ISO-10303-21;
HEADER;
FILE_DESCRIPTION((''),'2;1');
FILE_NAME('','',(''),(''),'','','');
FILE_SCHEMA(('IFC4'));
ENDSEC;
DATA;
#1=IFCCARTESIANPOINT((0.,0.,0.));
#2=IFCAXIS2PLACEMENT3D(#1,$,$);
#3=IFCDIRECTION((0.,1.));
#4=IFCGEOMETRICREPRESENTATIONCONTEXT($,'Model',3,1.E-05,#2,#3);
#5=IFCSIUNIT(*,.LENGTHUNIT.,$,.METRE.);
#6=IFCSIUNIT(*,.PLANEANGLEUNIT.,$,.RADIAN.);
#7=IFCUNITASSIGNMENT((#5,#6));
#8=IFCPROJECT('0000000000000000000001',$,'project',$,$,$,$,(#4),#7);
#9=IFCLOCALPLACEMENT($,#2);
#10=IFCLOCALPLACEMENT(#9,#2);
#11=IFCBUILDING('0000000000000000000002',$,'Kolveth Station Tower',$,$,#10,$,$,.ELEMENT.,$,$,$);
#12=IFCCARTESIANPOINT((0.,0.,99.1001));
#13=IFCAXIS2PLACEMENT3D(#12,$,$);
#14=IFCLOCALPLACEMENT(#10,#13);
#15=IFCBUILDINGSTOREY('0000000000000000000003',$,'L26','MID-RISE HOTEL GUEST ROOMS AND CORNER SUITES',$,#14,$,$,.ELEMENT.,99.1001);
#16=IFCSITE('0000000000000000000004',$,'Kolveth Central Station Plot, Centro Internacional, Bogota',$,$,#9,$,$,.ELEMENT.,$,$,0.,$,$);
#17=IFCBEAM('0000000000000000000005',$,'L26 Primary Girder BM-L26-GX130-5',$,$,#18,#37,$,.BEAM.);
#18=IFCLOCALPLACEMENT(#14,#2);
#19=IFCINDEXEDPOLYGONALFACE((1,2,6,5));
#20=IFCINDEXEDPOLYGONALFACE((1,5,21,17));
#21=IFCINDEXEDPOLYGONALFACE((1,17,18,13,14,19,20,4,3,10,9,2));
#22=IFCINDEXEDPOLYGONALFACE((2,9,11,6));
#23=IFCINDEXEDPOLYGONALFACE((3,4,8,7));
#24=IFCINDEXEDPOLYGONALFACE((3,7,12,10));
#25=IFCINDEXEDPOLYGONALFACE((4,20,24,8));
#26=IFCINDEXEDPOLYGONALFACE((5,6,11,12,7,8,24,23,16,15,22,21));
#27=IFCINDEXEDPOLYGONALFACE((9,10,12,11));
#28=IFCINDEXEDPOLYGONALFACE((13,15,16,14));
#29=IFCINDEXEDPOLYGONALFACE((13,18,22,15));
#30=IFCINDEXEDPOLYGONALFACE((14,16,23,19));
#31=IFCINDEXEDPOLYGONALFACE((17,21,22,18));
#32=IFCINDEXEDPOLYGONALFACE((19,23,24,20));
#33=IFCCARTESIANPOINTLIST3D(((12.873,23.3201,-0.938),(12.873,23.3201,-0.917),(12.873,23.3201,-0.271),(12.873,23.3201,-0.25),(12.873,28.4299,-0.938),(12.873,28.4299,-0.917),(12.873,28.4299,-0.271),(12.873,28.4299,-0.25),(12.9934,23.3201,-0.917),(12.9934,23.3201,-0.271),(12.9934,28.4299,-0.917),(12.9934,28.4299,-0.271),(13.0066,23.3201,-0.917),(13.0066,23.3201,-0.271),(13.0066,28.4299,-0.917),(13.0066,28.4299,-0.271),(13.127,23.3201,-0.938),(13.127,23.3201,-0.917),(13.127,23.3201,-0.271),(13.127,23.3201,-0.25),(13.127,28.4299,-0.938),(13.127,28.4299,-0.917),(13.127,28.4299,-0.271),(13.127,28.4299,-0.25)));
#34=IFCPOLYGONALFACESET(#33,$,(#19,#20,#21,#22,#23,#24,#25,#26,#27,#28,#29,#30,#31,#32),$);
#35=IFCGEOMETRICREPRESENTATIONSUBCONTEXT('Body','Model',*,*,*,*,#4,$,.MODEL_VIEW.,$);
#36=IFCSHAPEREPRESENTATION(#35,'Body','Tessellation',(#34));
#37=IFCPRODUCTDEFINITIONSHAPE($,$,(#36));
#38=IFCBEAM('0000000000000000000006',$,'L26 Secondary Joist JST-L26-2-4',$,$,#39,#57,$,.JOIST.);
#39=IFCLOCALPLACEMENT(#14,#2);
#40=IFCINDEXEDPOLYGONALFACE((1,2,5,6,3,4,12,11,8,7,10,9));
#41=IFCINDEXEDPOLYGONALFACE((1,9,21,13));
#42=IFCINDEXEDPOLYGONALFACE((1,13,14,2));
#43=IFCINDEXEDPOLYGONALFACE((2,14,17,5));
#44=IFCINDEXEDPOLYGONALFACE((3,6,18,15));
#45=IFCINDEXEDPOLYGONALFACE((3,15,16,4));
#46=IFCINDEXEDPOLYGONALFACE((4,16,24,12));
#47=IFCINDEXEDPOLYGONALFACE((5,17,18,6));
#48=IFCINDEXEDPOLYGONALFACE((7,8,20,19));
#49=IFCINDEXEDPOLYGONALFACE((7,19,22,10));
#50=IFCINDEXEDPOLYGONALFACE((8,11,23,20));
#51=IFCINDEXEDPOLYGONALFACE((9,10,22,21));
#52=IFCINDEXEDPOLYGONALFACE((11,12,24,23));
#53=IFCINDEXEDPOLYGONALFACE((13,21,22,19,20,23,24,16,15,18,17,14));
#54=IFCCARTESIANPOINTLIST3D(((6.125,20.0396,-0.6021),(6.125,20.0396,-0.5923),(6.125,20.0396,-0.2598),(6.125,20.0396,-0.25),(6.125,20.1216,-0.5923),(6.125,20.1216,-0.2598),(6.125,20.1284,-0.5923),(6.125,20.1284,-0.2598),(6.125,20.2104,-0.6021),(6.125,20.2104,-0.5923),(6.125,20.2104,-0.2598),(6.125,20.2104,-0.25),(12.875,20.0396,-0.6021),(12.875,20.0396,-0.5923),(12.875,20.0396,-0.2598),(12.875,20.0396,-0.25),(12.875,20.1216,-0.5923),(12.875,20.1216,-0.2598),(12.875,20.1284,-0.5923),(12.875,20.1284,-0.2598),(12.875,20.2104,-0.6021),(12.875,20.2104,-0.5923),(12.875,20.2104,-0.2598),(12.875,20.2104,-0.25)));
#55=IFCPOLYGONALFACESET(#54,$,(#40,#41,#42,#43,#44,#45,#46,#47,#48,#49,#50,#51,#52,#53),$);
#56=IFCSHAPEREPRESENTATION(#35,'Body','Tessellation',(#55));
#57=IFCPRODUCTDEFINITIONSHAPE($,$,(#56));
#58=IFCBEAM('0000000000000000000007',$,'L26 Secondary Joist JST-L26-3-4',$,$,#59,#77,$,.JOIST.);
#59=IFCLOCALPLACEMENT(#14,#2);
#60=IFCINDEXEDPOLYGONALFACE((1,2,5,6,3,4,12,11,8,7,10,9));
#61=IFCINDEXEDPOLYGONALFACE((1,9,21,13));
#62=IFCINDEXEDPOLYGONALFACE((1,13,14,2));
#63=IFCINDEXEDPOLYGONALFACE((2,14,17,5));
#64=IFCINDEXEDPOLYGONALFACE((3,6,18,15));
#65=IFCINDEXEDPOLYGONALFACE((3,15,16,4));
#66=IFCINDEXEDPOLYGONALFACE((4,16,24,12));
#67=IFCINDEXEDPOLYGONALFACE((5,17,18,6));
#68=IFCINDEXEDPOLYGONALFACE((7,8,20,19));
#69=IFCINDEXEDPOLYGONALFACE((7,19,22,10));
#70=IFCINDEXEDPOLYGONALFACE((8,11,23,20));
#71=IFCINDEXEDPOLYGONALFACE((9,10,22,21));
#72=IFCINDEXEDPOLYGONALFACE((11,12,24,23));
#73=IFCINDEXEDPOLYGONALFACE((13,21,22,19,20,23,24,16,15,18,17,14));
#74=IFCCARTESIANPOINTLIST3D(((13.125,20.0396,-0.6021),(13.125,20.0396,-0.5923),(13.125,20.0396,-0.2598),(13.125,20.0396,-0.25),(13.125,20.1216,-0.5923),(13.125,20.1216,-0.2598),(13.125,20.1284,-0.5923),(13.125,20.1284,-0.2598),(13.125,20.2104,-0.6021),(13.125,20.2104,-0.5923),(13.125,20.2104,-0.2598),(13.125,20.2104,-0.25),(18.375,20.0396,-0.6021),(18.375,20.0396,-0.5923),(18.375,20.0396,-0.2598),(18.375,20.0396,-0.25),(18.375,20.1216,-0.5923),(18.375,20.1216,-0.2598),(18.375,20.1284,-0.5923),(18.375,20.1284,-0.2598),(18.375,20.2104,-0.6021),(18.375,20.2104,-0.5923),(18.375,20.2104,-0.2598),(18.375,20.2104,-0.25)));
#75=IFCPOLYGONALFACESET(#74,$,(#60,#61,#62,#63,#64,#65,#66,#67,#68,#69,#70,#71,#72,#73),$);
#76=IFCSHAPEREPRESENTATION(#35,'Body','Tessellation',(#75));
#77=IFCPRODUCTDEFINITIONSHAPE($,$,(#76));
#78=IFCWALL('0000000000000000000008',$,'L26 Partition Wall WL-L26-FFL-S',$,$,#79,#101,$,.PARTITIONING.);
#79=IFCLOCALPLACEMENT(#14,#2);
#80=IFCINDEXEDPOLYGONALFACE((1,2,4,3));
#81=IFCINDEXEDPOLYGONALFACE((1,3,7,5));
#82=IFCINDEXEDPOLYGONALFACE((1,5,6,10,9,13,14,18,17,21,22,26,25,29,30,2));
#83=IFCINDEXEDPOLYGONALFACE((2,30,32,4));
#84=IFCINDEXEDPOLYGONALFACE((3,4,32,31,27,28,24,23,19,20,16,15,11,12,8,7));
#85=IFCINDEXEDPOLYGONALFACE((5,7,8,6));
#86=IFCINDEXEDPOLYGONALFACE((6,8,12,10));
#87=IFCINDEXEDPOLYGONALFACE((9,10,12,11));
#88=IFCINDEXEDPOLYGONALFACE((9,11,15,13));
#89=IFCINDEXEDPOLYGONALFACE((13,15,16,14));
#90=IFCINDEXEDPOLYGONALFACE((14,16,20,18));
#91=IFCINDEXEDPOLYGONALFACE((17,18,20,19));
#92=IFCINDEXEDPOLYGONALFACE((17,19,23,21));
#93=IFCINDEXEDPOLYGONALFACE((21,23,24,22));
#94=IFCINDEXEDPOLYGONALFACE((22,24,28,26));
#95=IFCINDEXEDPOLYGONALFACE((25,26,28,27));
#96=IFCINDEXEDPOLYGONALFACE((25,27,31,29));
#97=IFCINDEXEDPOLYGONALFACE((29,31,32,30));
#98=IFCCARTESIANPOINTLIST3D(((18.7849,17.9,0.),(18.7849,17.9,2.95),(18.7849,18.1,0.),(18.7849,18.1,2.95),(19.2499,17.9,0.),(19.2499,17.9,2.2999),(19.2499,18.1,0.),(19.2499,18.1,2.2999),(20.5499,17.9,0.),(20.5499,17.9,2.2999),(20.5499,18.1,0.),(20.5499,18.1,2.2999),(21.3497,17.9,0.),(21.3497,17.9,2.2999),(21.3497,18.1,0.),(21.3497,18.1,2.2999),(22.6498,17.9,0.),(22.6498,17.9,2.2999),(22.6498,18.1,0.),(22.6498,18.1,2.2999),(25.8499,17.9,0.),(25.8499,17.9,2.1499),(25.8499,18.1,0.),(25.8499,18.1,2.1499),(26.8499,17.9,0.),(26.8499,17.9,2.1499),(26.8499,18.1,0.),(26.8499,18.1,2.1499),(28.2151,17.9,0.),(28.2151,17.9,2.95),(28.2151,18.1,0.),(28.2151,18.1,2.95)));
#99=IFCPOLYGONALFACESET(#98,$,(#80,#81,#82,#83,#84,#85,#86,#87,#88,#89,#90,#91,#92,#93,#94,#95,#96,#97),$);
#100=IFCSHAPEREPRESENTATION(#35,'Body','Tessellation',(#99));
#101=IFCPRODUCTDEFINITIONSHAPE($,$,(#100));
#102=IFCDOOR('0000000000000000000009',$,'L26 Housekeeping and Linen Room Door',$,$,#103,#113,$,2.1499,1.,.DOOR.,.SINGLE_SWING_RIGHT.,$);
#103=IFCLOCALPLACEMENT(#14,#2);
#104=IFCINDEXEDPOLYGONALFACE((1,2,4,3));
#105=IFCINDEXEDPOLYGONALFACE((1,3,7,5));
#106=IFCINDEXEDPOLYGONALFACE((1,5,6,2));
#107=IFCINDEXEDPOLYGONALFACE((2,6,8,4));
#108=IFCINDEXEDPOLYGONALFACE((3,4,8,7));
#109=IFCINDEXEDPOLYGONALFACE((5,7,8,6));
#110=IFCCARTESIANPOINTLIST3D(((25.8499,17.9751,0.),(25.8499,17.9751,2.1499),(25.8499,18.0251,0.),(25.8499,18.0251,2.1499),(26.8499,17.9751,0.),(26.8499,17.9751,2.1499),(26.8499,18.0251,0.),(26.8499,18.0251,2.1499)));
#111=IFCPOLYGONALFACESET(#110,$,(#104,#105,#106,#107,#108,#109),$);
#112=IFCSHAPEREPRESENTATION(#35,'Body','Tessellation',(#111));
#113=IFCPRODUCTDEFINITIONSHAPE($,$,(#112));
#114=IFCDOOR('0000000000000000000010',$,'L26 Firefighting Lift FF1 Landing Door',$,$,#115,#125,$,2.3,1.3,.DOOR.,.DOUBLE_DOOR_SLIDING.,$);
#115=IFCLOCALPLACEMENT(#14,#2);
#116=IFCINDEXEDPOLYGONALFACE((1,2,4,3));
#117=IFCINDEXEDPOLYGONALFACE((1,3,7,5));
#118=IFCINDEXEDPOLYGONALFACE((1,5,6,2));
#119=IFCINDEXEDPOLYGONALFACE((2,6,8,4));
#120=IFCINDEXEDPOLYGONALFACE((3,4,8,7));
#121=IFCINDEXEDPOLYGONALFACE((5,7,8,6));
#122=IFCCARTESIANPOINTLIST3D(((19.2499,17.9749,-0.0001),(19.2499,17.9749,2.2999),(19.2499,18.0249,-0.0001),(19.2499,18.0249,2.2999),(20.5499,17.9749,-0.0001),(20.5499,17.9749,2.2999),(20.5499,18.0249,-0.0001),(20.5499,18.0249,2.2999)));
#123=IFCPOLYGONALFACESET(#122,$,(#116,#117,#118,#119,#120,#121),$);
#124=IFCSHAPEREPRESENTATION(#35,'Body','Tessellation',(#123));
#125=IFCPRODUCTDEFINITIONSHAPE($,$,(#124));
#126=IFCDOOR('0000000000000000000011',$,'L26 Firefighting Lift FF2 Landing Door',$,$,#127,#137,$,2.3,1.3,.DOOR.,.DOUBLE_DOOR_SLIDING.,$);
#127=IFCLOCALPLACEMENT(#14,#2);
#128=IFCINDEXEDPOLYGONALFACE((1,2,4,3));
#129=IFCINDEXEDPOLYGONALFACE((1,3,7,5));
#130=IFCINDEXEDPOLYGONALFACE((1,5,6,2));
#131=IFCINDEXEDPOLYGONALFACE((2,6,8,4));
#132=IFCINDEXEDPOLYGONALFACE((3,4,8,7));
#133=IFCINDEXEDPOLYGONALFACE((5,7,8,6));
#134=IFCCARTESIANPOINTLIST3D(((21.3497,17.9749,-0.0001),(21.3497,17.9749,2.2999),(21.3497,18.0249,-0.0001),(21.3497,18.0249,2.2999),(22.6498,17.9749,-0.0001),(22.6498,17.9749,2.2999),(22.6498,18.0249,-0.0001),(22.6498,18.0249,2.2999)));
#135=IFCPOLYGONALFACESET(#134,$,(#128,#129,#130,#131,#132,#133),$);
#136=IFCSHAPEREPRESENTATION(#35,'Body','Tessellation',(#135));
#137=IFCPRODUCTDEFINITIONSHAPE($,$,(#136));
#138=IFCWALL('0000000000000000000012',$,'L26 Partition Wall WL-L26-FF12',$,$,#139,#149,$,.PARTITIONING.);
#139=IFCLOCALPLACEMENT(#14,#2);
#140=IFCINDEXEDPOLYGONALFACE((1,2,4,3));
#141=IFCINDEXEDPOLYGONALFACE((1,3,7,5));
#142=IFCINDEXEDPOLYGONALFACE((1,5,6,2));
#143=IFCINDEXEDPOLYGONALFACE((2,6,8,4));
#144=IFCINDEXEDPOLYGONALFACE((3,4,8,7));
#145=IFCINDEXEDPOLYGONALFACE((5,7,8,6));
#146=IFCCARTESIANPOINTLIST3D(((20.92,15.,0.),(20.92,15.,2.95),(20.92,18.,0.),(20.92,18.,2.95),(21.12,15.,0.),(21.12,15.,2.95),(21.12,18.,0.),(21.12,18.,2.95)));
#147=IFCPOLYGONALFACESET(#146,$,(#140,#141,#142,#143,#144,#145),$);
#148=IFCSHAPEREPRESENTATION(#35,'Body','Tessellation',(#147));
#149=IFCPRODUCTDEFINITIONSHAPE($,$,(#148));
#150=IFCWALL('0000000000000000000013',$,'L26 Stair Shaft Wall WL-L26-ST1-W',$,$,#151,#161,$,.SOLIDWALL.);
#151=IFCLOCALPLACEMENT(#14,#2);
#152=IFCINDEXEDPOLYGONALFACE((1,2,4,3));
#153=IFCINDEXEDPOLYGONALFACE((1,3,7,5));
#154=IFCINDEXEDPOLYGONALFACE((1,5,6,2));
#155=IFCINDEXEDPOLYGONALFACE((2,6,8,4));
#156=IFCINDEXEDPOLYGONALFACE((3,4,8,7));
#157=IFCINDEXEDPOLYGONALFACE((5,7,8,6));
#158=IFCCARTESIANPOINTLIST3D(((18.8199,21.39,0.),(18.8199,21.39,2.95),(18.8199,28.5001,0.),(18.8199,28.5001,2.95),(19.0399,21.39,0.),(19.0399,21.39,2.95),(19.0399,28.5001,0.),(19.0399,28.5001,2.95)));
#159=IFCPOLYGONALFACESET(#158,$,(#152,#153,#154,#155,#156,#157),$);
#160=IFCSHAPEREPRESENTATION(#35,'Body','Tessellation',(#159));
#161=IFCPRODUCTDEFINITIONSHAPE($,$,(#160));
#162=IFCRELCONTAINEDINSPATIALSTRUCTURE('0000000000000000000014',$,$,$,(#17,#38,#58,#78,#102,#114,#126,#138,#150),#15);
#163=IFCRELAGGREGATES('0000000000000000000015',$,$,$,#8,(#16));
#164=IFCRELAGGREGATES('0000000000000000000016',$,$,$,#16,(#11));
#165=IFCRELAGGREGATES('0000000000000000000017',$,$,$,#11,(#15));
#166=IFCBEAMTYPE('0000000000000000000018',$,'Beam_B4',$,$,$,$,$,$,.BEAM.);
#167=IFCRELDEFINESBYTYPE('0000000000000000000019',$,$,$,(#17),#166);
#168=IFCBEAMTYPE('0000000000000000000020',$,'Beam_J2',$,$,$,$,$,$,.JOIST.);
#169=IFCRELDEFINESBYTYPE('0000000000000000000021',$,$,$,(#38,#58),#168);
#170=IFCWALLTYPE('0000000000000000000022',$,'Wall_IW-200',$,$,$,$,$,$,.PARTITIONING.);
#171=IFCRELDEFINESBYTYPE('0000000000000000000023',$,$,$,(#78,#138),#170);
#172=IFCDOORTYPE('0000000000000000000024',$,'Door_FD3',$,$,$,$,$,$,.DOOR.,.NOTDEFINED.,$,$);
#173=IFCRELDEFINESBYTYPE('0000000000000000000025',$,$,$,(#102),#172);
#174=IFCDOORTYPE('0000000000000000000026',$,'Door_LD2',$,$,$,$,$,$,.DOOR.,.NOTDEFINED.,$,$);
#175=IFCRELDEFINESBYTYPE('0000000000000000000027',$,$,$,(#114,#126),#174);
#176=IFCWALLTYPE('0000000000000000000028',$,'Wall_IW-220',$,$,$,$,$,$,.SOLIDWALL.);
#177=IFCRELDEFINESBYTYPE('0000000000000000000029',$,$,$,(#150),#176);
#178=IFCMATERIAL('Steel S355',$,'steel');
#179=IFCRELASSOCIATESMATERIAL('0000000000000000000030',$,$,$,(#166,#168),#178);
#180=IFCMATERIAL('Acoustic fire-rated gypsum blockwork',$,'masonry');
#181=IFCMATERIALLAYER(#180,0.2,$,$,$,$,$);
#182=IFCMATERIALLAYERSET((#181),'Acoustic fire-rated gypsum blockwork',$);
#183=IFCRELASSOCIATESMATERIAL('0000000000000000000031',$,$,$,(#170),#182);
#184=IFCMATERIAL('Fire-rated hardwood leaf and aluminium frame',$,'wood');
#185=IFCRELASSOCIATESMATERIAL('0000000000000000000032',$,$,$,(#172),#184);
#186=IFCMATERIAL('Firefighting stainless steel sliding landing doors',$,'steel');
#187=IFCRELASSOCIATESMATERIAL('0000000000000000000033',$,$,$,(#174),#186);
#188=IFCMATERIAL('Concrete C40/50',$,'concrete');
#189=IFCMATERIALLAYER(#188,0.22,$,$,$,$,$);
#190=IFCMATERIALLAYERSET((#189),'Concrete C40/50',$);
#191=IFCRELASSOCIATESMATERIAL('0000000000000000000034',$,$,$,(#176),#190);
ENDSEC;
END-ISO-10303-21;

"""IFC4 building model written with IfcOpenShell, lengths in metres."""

from ifc_helpers import new_model, si_unit, direction, frame, frame_2d, origin, origin_2d, place, context, subcontext, project, spatial, rectangle, i_section, extrude, source, transform, mapped, material, layer, layer_set, material_profile, profile_set, type_object, element, fill, save


model = new_model("IFC4")

# Units and contexts
model_context = context("Model", 3, precision=1e-05, world=origin(), true_north=direction((0.0, 1.0)))
body_context = subcontext(model_context, "Body", "Model", "MODEL_VIEW")
ifc_project = project(units=[si_unit("LENGTHUNIT", "METRE"), si_unit("PLANEANGLEUNIT", "RADIAN")], contexts=[model_context])

# Site, building, storey
site_placement = place(None, origin())
site = spatial("IfcSite", under=ifc_project, at=site_placement, Name="Kolveth Central Station Plot, Centro Internacional, Bogota", CompositionType="ELEMENT", RefElevation=0.0)
building_placement = place(site_placement, origin())
building = spatial("IfcBuilding", under=site, at=building_placement, Name="Kolveth Station Tower", CompositionType="ELEMENT")
storey_placement = place(building_placement, frame((0.0, 0.0, 99.1001)))
storey = spatial("IfcBuildingStorey", under=building, at=storey_placement, Name="L26", Description="MID-RISE HOTEL GUEST ROOMS AND CORNER SUITES", CompositionType="ELEMENT", Elevation=99.1001)

# Shared definitions
ifc_material_1 = material(Name="Steel S355", Category="steel")

# Beams
ifc_material_profile_1 = material_profile(ifc_material_1, i_section(OverallWidth=0.2539, OverallDepth=0.688, WebThickness=0.0132, FlangeThickness=0.021, at=origin_2d()), Name="W690x152")
ifc_profile_set_1 = profile_set([ifc_material_profile_1], Name="Steel S355")
beam_type_1 = type_object("IfcBeamType", Name="Beam_B4", PredefinedType="BEAM", material=ifc_profile_set_1)
shared_shape_1 = source(origin(), body_context, "Body", "SweptSolid", [
    extrude(i_section(OverallWidth=0.2539, OverallDepth=0.688, WebThickness=0.0132, FlangeThickness=0.021, at=origin_2d()), origin(), (0.0, 0.0, 1.0), 5.1099),
])
for number, where, z_axis, x_axis, name in (
    (1, (13.0, 23.3201, -0.594), (0.0, 1.0, 0.0), (-1.0, 0.0, 0.0), "L26 Primary Girder BM-L26-GX130-5"),
):
    element("IfcBeam", number, at=place(storey_placement, frame(where, z_axis=z_axis, x_axis=x_axis)), inside=storey, type_object=beam_type_1, Name=name, PredefinedType="BEAM", context=body_context, shape_type="MappedRepresentation", body=[
        mapped(shared_shape_1, transform((0.0, 0.0, 0.0), x_axis=(1.0, 0.0, 0.0), y_axis=(0.0, 1.0, 0.0), z_axis=(0.0, 0.0, 1.0), scale=1.0)),
    ])
ifc_material_profile_2 = material_profile(ifc_material_1, i_section(OverallWidth=0.1709, OverallDepth=0.3521, WebThickness=0.0068, FlangeThickness=0.0098, at=origin_2d()), Name="W360x44")
ifc_profile_set_2 = profile_set([ifc_material_profile_2], Name="Steel S355")
beam_type_2 = type_object("IfcBeamType", Name="Beam_J2", PredefinedType="JOIST", material=ifc_profile_set_2)
shared_shape_2 = source(origin(), body_context, "Body", "SweptSolid", [
    extrude(i_section(OverallWidth=0.1709, OverallDepth=0.3521, WebThickness=0.0068, FlangeThickness=0.0098, at=origin_2d()), origin(), (0.0, 0.0, 1.0), 6.75),
])
beam_1_placement = place(storey_placement, frame((6.125, 20.125, -0.426), z_axis=(1.0, 0.0, 0.0), x_axis=(0.0, 1.0, 0.0)))
element("IfcBeam", 2, at=beam_1_placement, inside=storey, type_object=beam_type_2, Name="L26 Secondary Joist JST-L26-2-4", PredefinedType="JOIST", context=body_context, shape_type="MappedRepresentation", body=[
    mapped(shared_shape_2, transform((0.0, 0.0, 0.0), x_axis=(1.0, 0.0, 0.0), y_axis=(0.0, 1.0, 0.0), z_axis=(0.0, 0.0, 1.0), scale=1.0)),
])
shared_shape_3 = source(origin(), body_context, "Body", "SweptSolid", [
    extrude(i_section(OverallWidth=0.1709, OverallDepth=0.3521, WebThickness=0.0068, FlangeThickness=0.0098, at=origin_2d()), origin(), (0.0, 0.0, 1.0), 5.25),
])
beam_2_placement = place(storey_placement, frame((13.125, 20.125, -0.426), z_axis=(1.0, 0.0, 0.0), x_axis=(0.0, 1.0, 0.0)))
element("IfcBeam", 3, at=beam_2_placement, inside=storey, type_object=beam_type_2, Name="L26 Secondary Joist JST-L26-3-4", PredefinedType="JOIST", context=body_context, shape_type="MappedRepresentation", body=[
    mapped(shared_shape_3, transform((0.0, 0.0, 0.0), x_axis=(1.0, 0.0, 0.0), y_axis=(0.0, 1.0, 0.0), z_axis=(0.0, 0.0, 1.0), scale=1.0)),
])

# Wall, openings, doors
ifc_material_2 = material(Name="Acoustic fire-rated gypsum blockwork", Category="masonry")
ifc_layer_1 = layer(ifc_material_2, 0.2)
ifc_layer_set_1 = layer_set([ifc_layer_1], Name="Acoustic fire-rated gypsum blockwork")
wall_type_1 = type_object("IfcWallType", Name="Wall_IW-200", PredefinedType="PARTITIONING", material=ifc_layer_set_1)
wall_1_placement = place(storey_placement, frame((18.7849, 18.0, 0.0), z_axis=(0.0, 0.0, 1.0), x_axis=(1.0, 0.0, 0.0)))
wall_1 = element("IfcWall", 4, at=wall_1_placement, inside=storey, type_object=wall_type_1, Name="L26 Partition Wall WL-L26-FFL-S", PredefinedType="PARTITIONING", context=body_context, shape_type="SweptSolid", body=[
    extrude(rectangle(XDim=9.4302, YDim=0.2, at=frame_2d((4.7151, 0.0))), origin(), (0.0, 0.0, 1.0), 2.95),
])
opening_1_placement = place(wall_1_placement, frame((0.4651, 0.0, 0.0)))
opening_1 = element("IfcOpeningElement", 5, at=opening_1_placement, cuts=wall_1, PredefinedType="OPENING", context=body_context, shape_type="SweptSolid", body=[
    extrude(rectangle(XDim=1.3, YDim=2.3, at=frame_2d((0.6499, 1.1499))), frame((0.0, 0.1099, 0.0), z_axis=(0.0, -1.0, 0.0), x_axis=(1.0, 0.0, 0.0)), (0.0, 0.0, 1.0), 0.22),
])
opening_2_placement = place(wall_1_placement, frame((2.5649, 0.0, 0.0)))
opening_2 = element("IfcOpeningElement", 6, at=opening_2_placement, cuts=wall_1, PredefinedType="OPENING", context=body_context, shape_type="SweptSolid", body=[
    extrude(rectangle(XDim=1.3, YDim=2.3, at=frame_2d((0.6499, 1.1499))), frame((0.0, 0.1099, 0.0), z_axis=(0.0, -1.0, 0.0), x_axis=(1.0, 0.0, 0.0)), (0.0, 0.0, 1.0), 0.22),
])
opening_3_placement = place(wall_1_placement, frame((7.0649, 0.0, 0.0)))
opening_3 = element("IfcOpeningElement", 7, at=opening_3_placement, cuts=wall_1, PredefinedType="OPENING", context=body_context, shape_type="SweptSolid", body=[
    extrude(rectangle(XDim=1.0, YDim=2.1499, at=frame_2d((0.5, 1.075))), frame((0.0, 0.1099, 0.0), z_axis=(0.0, -1.0, 0.0), x_axis=(1.0, 0.0, 0.0)), (0.0, 0.0, 1.0), 0.22),
])
ifc_material_3 = material(Name="Fire-rated hardwood leaf and aluminium frame", Category="wood")
door_type_1 = type_object("IfcDoorType", Name="Door_FD3", OperationType="NOTDEFINED", PredefinedType="DOOR", material=ifc_material_3)
door_1_placement = place(opening_3_placement, frame((1.0, 0.0, 0.0), z_axis=(0.0, 0.0, 1.0), x_axis=(-1.0, 0.0, 0.0)))
door_1 = element("IfcDoor", 8, at=door_1_placement, inside=storey, type_object=door_type_1, Name="L26 Housekeeping and Linen Room Door", OperationType="SINGLE_SWING_RIGHT", OverallHeight=2.1499, OverallWidth=1.0, PredefinedType="DOOR", context=body_context, shape_type="SweptSolid", body=[
    extrude(rectangle(XDim=1.0, YDim=2.1499, at=frame_2d((0.5, 1.075))), frame((0.0, 0.0249, 0.0), z_axis=(0.0, -1.0, 0.0), x_axis=(1.0, 0.0, 0.0)), (0.0, 0.0, 1.0), 0.05),
])
fill(opening_3, door_1)
ifc_material_4 = material(Name="Firefighting stainless steel sliding landing doors", Category="steel")
door_type_2 = type_object("IfcDoorType", Name="Door_LD2", OperationType="NOTDEFINED", PredefinedType="DOOR", material=ifc_material_4)
door_2_placement = place(opening_1_placement, origin())
door_2 = element("IfcDoor", 9, at=door_2_placement, inside=storey, type_object=door_type_2, Name="L26 Firefighting Lift FF1 Landing Door", OperationType="DOUBLE_DOOR_SLIDING", OverallHeight=2.3, OverallWidth=1.3, PredefinedType="DOOR", context=body_context, shape_type="SweptSolid", body=[
    extrude(rectangle(XDim=1.3, YDim=2.3, at=frame_2d((0.6499, 1.1499))), frame((0.0, 0.0249, 0.0), z_axis=(0.0, -1.0, 0.0), x_axis=(1.0, 0.0, 0.0)), (0.0, 0.0, 1.0), 0.05),
])
fill(opening_1, door_2)
door_3_placement = place(opening_2_placement, origin())
door_3 = element("IfcDoor", 10, at=door_3_placement, inside=storey, type_object=door_type_2, Name="L26 Firefighting Lift FF2 Landing Door", OperationType="DOUBLE_DOOR_SLIDING", OverallHeight=2.3, OverallWidth=1.3, PredefinedType="DOOR", context=body_context, shape_type="SweptSolid", body=[
    extrude(rectangle(XDim=1.3, YDim=2.3, at=frame_2d((0.6499, 1.1499))), frame((0.0, 0.0249, 0.0), z_axis=(0.0, -1.0, 0.0), x_axis=(1.0, 0.0, 0.0)), (0.0, 0.0, 1.0), 0.05),
])
fill(opening_2, door_3)

# Walls
wall_2_placement = place(storey_placement, frame((21.02, 15.0, 0.0), z_axis=(0.0, 0.0, 1.0), x_axis=(0.0, 1.0, 0.0)))
element("IfcWall", 11, at=wall_2_placement, inside=storey, type_object=wall_type_1, Name="L26 Partition Wall WL-L26-FF12", PredefinedType="PARTITIONING", context=body_context, shape_type="SweptSolid", body=[
    extrude(rectangle(XDim=3.0, YDim=0.2, at=frame_2d((1.5, 0.0))), origin(), (0.0, 0.0, 1.0), 2.95),
])
ifc_material_5 = material(Name="Concrete C40/50", Category="concrete")
ifc_layer_2 = layer(ifc_material_5, 0.22)
ifc_layer_set_2 = layer_set([ifc_layer_2], Name="Concrete C40/50")
wall_type_2 = type_object("IfcWallType", Name="Wall_IW-220", PredefinedType="SOLIDWALL", material=ifc_layer_set_2)
for number, where, z_axis, x_axis, name in (
    (12, (18.9299, 21.3899, 0.0), (0.0, 0.0, 1.0), (0.0, 1.0, 0.0), "L26 Stair Shaft Wall WL-L26-ST1-W"),
):
    element("IfcWall", number, at=place(storey_placement, frame(where, z_axis=z_axis, x_axis=x_axis)), inside=storey, type_object=wall_type_2, Name=name, PredefinedType="SOLIDWALL", context=body_context, shape_type="SweptSolid", body=[
        extrude(rectangle(XDim=7.1101, YDim=0.22, at=frame_2d((3.5552, 0.0))), origin(), (0.0, 0.0, 1.0), 2.95),
    ])

save(model, "model.ifc")
